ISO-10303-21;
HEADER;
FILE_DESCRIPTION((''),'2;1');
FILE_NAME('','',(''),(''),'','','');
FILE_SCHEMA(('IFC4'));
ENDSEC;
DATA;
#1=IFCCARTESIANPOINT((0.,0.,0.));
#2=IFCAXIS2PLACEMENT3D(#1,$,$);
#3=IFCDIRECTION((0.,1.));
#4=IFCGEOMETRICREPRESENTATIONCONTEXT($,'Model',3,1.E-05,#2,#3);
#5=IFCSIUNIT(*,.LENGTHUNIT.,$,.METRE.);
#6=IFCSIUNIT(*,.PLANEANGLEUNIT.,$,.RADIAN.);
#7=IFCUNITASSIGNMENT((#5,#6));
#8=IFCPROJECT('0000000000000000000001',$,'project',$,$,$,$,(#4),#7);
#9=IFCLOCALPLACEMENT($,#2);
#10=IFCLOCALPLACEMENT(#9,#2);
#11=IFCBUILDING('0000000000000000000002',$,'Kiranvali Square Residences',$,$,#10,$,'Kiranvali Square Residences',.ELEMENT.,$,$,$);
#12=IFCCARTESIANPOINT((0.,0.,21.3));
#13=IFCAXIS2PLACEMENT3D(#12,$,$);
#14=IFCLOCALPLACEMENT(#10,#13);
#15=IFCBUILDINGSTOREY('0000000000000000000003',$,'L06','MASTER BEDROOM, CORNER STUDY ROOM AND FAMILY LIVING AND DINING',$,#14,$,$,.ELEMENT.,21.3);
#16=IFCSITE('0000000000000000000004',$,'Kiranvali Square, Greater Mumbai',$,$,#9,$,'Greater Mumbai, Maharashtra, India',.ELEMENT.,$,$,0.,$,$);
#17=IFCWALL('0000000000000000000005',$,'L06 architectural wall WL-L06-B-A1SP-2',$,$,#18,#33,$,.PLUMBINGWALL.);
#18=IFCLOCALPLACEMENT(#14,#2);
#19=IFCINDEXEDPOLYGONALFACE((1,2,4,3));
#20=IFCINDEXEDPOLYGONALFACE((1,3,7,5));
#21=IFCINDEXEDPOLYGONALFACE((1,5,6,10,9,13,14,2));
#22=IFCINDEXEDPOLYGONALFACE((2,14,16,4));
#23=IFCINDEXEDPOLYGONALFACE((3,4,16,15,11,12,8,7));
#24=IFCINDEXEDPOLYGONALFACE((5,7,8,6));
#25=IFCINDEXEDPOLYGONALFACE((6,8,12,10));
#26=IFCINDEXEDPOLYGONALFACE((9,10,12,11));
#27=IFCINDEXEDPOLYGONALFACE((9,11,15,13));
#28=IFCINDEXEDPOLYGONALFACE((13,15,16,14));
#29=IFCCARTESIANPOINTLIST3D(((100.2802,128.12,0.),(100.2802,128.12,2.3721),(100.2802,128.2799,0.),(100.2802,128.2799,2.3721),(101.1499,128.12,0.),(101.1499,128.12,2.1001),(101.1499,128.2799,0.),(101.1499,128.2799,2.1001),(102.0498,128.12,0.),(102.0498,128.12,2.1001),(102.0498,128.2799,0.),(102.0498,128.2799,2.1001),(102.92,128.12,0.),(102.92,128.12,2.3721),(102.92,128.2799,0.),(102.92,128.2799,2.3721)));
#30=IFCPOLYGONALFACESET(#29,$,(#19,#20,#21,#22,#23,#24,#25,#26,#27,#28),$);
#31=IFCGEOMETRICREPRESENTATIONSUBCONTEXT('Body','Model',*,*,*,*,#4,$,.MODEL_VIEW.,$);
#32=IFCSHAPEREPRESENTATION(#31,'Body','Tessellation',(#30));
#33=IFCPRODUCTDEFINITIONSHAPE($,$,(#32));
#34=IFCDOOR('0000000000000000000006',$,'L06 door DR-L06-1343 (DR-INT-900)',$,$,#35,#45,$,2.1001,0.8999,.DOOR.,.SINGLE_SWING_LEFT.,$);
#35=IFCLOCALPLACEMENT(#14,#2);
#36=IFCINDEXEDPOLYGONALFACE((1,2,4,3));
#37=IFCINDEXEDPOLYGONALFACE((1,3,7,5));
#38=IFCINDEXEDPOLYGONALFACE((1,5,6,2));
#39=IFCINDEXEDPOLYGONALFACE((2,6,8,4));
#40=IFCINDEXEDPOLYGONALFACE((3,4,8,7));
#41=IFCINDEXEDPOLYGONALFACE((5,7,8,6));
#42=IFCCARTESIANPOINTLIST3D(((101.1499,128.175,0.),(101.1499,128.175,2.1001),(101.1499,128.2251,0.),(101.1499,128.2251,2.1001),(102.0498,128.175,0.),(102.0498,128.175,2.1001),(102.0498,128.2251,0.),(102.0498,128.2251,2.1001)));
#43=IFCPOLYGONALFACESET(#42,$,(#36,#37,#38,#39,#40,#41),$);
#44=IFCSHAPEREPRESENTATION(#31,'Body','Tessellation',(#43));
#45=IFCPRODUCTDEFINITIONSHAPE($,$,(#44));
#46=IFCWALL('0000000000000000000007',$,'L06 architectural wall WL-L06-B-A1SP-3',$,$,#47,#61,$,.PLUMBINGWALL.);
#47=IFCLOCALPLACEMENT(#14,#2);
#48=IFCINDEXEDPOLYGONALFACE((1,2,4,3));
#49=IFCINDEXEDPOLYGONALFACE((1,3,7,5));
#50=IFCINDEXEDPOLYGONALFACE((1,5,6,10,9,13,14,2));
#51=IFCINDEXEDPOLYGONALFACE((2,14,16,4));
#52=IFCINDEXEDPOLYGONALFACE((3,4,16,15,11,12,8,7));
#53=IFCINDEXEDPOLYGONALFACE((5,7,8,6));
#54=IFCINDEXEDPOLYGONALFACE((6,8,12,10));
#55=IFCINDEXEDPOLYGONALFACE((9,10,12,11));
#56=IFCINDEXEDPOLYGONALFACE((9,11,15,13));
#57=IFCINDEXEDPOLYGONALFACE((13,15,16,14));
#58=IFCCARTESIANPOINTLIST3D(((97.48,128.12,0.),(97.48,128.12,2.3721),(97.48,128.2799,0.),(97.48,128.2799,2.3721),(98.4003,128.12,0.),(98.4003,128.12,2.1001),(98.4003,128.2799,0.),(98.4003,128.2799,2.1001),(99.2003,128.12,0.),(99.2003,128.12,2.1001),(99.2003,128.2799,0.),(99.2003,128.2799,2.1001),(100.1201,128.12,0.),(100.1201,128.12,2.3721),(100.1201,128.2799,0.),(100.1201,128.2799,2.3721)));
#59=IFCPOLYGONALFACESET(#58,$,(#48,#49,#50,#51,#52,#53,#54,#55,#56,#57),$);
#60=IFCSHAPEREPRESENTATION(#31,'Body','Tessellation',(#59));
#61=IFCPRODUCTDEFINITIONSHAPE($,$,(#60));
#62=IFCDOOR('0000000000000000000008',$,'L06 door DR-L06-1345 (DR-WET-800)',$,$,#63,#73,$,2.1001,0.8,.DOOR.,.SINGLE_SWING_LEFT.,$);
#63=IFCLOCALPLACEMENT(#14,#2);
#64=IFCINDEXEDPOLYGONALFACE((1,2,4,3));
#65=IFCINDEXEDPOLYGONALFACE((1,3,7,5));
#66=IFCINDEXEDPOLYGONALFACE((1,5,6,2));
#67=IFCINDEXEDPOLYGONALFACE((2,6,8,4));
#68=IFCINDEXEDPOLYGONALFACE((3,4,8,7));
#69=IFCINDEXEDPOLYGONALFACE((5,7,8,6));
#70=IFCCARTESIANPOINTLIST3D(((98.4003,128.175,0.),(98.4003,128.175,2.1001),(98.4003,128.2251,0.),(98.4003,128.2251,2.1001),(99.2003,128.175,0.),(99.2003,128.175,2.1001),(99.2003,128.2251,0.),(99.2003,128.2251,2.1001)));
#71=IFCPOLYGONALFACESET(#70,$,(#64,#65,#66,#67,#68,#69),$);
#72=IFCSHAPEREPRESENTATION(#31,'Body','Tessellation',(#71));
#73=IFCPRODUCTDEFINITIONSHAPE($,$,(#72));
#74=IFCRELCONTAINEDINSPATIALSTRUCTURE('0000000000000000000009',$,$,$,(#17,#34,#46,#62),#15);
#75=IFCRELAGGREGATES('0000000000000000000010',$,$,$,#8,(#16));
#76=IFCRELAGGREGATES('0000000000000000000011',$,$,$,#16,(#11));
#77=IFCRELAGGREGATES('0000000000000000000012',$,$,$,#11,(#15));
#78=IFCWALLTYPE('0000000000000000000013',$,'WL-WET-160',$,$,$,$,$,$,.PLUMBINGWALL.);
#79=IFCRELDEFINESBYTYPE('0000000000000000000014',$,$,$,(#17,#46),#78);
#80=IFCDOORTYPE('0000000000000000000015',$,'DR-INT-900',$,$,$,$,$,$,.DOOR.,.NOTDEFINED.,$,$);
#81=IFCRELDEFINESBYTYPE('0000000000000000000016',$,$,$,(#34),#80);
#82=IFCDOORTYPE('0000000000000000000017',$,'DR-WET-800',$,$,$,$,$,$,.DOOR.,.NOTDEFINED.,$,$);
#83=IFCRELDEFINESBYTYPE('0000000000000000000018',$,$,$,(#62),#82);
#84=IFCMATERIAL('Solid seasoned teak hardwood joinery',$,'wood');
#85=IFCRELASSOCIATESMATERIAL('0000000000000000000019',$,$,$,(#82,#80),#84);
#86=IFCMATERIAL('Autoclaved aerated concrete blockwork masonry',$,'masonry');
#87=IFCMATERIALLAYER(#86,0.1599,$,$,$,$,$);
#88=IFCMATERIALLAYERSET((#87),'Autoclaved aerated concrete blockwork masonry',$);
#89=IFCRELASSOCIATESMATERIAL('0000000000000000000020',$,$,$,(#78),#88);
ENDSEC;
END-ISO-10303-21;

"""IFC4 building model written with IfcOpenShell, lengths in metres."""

from ifc_helpers import new_model, si_unit, direction, frame, frame_2d, origin, place, context, subcontext, project, spatial, rectangle, extrude, material, layer, layer_set, type_object, element, fill, save


model = new_model("IFC4")

# Units and contexts
model_context = context("Model", 3, precision=1e-05, world=origin(), true_north=direction((0.0, 1.0)))
body_context = subcontext(model_context, "Body", "Model", "MODEL_VIEW")
ifc_project = project(units=[si_unit("LENGTHUNIT", "METRE"), si_unit("PLANEANGLEUNIT", "RADIAN")], contexts=[model_context])

# Site, building, storey
site_placement = place(None, origin())
site = spatial("IfcSite", under=ifc_project, at=site_placement, Name="Kiranvali Square, Greater Mumbai", LongName="Greater Mumbai, Maharashtra, India", CompositionType="ELEMENT", RefElevation=0.0)
building_placement = place(site_placement, origin())
building = spatial("IfcBuilding", under=site, at=building_placement, Name="Kiranvali Square Residences", LongName="Kiranvali Square Residences", CompositionType="ELEMENT")
storey_placement = place(building_placement, frame((0.0, 0.0, 21.3)))
storey = spatial("IfcBuildingStorey", under=building, at=storey_placement, Name="L06", Description="MASTER BEDROOM, CORNER STUDY ROOM AND FAMILY LIVING AND DINING", CompositionType="ELEMENT", Elevation=21.3)

# Walls, openings, doors
ifc_material_1 = material(Name="Solid seasoned teak hardwood joinery", Category="wood")
door_type_1 = type_object("IfcDoorType", Name="DR-WET-800", OperationType="NOTDEFINED", PredefinedType="DOOR", material=ifc_material_1)
ifc_material_2 = material(Name="Autoclaved aerated concrete blockwork masonry", Category="masonry")
ifc_layer_1 = layer(ifc_material_2, 0.1599)
ifc_layer_set_1 = layer_set([ifc_layer_1], Name="Autoclaved aerated concrete blockwork masonry")
wall_type_1 = type_object("IfcWallType", Name="WL-WET-160", PredefinedType="PLUMBINGWALL", material=ifc_layer_set_1)
wall_1_placement = place(storey_placement, frame((102.9199, 128.2, 0.0), z_axis=(0.0, 0.0, 1.0), x_axis=(-1.0, 0.0, 0.0)))
wall_1 = element("IfcWall", 1, at=wall_1_placement, inside=storey, type_object=wall_type_1, Name="L06 architectural wall WL-L06-B-A1SP-2", PredefinedType="PLUMBINGWALL", context=body_context, shape_type="SweptSolid", body=[
    extrude(rectangle(XDim=2.6399, YDim=0.1599, at=frame_2d((1.3198, 0.0))), origin(), (0.0, 0.0, 1.0), 2.3721),
])
opening_1_placement = place(wall_1_placement, frame((0.8701, 0.0, 0.0)))
opening_1 = element("IfcOpeningElement", 2, at=opening_1_placement, cuts=wall_1, PredefinedType="OPENING", context=body_context, shape_type="SweptSolid", body=[
    extrude(rectangle(XDim=0.8999, YDim=2.1001, at=frame_2d((0.45, 1.05))), frame((0.0, 0.0898, 0.0), z_axis=(0.0, -1.0, 0.0), x_axis=(1.0, 0.0, 0.0)), (0.0, 0.0, 1.0), 0.1799),
])
door_type_2 = type_object("IfcDoorType", Name="DR-INT-900", OperationType="NOTDEFINED", PredefinedType="DOOR", material=ifc_material_1)
door_1_placement = place(opening_1_placement, origin())
door_1 = element("IfcDoor", 3, at=door_1_placement, inside=storey, type_object=door_type_2, Name="L06 door DR-L06-1343 (DR-INT-900)", OperationType="SINGLE_SWING_LEFT", OverallHeight=2.1001, OverallWidth=0.8999, PredefinedType="DOOR", context=body_context, shape_type="SweptSolid", body=[
    extrude(rectangle(XDim=0.8999, YDim=2.1001, at=frame_2d((0.45, 1.05))), frame((0.0, 0.0249, 0.0), z_axis=(0.0, -1.0, 0.0), x_axis=(1.0, 0.0, 0.0)), (0.0, 0.0, 1.0), 0.05),
])
fill(opening_1, door_1)
wall_2_placement = place(storey_placement, frame((100.1201, 128.2, 0.0), z_axis=(0.0, 0.0, 1.0), x_axis=(-1.0, 0.0, 0.0)))
wall_2 = element("IfcWall", 4, at=wall_2_placement, inside=storey, type_object=wall_type_1, Name="L06 architectural wall WL-L06-B-A1SP-3", PredefinedType="PLUMBINGWALL", context=body_context, shape_type="SweptSolid", body=[
    extrude(rectangle(XDim=2.6401, YDim=0.1599, at=frame_2d((1.3201, 0.0))), origin(), (0.0, 0.0, 1.0), 2.3721),
])
opening_2_placement = place(wall_2_placement, frame((0.9199, 0.0, 0.0)))
opening_2 = element("IfcOpeningElement", 5, at=opening_2_placement, cuts=wall_2, PredefinedType="OPENING", context=body_context, shape_type="SweptSolid", body=[
    extrude(rectangle(XDim=0.8, YDim=2.1001, at=frame_2d((0.3999, 1.05))), frame((0.0, 0.0898, 0.0), z_axis=(0.0, -1.0, 0.0), x_axis=(1.0, 0.0, 0.0)), (0.0, 0.0, 1.0), 0.1799),
])
door_2_placement = place(opening_2_placement, origin())
door_2 = element("IfcDoor", 6, at=door_2_placement, inside=storey, type_object=door_type_1, Name="L06 door DR-L06-1345 (DR-WET-800)", OperationType="SINGLE_SWING_LEFT", OverallHeight=2.1001, OverallWidth=0.8, PredefinedType="DOOR", context=body_context, shape_type="SweptSolid", body=[
    extrude(rectangle(XDim=0.8, YDim=2.1001, at=frame_2d((0.3999, 1.05))), frame((0.0, 0.0249, 0.0), z_axis=(0.0, -1.0, 0.0), x_axis=(1.0, 0.0, 0.0)), (0.0, 0.0, 1.0), 0.05),
])
fill(opening_2, door_2)

save(model, "model.ifc")
